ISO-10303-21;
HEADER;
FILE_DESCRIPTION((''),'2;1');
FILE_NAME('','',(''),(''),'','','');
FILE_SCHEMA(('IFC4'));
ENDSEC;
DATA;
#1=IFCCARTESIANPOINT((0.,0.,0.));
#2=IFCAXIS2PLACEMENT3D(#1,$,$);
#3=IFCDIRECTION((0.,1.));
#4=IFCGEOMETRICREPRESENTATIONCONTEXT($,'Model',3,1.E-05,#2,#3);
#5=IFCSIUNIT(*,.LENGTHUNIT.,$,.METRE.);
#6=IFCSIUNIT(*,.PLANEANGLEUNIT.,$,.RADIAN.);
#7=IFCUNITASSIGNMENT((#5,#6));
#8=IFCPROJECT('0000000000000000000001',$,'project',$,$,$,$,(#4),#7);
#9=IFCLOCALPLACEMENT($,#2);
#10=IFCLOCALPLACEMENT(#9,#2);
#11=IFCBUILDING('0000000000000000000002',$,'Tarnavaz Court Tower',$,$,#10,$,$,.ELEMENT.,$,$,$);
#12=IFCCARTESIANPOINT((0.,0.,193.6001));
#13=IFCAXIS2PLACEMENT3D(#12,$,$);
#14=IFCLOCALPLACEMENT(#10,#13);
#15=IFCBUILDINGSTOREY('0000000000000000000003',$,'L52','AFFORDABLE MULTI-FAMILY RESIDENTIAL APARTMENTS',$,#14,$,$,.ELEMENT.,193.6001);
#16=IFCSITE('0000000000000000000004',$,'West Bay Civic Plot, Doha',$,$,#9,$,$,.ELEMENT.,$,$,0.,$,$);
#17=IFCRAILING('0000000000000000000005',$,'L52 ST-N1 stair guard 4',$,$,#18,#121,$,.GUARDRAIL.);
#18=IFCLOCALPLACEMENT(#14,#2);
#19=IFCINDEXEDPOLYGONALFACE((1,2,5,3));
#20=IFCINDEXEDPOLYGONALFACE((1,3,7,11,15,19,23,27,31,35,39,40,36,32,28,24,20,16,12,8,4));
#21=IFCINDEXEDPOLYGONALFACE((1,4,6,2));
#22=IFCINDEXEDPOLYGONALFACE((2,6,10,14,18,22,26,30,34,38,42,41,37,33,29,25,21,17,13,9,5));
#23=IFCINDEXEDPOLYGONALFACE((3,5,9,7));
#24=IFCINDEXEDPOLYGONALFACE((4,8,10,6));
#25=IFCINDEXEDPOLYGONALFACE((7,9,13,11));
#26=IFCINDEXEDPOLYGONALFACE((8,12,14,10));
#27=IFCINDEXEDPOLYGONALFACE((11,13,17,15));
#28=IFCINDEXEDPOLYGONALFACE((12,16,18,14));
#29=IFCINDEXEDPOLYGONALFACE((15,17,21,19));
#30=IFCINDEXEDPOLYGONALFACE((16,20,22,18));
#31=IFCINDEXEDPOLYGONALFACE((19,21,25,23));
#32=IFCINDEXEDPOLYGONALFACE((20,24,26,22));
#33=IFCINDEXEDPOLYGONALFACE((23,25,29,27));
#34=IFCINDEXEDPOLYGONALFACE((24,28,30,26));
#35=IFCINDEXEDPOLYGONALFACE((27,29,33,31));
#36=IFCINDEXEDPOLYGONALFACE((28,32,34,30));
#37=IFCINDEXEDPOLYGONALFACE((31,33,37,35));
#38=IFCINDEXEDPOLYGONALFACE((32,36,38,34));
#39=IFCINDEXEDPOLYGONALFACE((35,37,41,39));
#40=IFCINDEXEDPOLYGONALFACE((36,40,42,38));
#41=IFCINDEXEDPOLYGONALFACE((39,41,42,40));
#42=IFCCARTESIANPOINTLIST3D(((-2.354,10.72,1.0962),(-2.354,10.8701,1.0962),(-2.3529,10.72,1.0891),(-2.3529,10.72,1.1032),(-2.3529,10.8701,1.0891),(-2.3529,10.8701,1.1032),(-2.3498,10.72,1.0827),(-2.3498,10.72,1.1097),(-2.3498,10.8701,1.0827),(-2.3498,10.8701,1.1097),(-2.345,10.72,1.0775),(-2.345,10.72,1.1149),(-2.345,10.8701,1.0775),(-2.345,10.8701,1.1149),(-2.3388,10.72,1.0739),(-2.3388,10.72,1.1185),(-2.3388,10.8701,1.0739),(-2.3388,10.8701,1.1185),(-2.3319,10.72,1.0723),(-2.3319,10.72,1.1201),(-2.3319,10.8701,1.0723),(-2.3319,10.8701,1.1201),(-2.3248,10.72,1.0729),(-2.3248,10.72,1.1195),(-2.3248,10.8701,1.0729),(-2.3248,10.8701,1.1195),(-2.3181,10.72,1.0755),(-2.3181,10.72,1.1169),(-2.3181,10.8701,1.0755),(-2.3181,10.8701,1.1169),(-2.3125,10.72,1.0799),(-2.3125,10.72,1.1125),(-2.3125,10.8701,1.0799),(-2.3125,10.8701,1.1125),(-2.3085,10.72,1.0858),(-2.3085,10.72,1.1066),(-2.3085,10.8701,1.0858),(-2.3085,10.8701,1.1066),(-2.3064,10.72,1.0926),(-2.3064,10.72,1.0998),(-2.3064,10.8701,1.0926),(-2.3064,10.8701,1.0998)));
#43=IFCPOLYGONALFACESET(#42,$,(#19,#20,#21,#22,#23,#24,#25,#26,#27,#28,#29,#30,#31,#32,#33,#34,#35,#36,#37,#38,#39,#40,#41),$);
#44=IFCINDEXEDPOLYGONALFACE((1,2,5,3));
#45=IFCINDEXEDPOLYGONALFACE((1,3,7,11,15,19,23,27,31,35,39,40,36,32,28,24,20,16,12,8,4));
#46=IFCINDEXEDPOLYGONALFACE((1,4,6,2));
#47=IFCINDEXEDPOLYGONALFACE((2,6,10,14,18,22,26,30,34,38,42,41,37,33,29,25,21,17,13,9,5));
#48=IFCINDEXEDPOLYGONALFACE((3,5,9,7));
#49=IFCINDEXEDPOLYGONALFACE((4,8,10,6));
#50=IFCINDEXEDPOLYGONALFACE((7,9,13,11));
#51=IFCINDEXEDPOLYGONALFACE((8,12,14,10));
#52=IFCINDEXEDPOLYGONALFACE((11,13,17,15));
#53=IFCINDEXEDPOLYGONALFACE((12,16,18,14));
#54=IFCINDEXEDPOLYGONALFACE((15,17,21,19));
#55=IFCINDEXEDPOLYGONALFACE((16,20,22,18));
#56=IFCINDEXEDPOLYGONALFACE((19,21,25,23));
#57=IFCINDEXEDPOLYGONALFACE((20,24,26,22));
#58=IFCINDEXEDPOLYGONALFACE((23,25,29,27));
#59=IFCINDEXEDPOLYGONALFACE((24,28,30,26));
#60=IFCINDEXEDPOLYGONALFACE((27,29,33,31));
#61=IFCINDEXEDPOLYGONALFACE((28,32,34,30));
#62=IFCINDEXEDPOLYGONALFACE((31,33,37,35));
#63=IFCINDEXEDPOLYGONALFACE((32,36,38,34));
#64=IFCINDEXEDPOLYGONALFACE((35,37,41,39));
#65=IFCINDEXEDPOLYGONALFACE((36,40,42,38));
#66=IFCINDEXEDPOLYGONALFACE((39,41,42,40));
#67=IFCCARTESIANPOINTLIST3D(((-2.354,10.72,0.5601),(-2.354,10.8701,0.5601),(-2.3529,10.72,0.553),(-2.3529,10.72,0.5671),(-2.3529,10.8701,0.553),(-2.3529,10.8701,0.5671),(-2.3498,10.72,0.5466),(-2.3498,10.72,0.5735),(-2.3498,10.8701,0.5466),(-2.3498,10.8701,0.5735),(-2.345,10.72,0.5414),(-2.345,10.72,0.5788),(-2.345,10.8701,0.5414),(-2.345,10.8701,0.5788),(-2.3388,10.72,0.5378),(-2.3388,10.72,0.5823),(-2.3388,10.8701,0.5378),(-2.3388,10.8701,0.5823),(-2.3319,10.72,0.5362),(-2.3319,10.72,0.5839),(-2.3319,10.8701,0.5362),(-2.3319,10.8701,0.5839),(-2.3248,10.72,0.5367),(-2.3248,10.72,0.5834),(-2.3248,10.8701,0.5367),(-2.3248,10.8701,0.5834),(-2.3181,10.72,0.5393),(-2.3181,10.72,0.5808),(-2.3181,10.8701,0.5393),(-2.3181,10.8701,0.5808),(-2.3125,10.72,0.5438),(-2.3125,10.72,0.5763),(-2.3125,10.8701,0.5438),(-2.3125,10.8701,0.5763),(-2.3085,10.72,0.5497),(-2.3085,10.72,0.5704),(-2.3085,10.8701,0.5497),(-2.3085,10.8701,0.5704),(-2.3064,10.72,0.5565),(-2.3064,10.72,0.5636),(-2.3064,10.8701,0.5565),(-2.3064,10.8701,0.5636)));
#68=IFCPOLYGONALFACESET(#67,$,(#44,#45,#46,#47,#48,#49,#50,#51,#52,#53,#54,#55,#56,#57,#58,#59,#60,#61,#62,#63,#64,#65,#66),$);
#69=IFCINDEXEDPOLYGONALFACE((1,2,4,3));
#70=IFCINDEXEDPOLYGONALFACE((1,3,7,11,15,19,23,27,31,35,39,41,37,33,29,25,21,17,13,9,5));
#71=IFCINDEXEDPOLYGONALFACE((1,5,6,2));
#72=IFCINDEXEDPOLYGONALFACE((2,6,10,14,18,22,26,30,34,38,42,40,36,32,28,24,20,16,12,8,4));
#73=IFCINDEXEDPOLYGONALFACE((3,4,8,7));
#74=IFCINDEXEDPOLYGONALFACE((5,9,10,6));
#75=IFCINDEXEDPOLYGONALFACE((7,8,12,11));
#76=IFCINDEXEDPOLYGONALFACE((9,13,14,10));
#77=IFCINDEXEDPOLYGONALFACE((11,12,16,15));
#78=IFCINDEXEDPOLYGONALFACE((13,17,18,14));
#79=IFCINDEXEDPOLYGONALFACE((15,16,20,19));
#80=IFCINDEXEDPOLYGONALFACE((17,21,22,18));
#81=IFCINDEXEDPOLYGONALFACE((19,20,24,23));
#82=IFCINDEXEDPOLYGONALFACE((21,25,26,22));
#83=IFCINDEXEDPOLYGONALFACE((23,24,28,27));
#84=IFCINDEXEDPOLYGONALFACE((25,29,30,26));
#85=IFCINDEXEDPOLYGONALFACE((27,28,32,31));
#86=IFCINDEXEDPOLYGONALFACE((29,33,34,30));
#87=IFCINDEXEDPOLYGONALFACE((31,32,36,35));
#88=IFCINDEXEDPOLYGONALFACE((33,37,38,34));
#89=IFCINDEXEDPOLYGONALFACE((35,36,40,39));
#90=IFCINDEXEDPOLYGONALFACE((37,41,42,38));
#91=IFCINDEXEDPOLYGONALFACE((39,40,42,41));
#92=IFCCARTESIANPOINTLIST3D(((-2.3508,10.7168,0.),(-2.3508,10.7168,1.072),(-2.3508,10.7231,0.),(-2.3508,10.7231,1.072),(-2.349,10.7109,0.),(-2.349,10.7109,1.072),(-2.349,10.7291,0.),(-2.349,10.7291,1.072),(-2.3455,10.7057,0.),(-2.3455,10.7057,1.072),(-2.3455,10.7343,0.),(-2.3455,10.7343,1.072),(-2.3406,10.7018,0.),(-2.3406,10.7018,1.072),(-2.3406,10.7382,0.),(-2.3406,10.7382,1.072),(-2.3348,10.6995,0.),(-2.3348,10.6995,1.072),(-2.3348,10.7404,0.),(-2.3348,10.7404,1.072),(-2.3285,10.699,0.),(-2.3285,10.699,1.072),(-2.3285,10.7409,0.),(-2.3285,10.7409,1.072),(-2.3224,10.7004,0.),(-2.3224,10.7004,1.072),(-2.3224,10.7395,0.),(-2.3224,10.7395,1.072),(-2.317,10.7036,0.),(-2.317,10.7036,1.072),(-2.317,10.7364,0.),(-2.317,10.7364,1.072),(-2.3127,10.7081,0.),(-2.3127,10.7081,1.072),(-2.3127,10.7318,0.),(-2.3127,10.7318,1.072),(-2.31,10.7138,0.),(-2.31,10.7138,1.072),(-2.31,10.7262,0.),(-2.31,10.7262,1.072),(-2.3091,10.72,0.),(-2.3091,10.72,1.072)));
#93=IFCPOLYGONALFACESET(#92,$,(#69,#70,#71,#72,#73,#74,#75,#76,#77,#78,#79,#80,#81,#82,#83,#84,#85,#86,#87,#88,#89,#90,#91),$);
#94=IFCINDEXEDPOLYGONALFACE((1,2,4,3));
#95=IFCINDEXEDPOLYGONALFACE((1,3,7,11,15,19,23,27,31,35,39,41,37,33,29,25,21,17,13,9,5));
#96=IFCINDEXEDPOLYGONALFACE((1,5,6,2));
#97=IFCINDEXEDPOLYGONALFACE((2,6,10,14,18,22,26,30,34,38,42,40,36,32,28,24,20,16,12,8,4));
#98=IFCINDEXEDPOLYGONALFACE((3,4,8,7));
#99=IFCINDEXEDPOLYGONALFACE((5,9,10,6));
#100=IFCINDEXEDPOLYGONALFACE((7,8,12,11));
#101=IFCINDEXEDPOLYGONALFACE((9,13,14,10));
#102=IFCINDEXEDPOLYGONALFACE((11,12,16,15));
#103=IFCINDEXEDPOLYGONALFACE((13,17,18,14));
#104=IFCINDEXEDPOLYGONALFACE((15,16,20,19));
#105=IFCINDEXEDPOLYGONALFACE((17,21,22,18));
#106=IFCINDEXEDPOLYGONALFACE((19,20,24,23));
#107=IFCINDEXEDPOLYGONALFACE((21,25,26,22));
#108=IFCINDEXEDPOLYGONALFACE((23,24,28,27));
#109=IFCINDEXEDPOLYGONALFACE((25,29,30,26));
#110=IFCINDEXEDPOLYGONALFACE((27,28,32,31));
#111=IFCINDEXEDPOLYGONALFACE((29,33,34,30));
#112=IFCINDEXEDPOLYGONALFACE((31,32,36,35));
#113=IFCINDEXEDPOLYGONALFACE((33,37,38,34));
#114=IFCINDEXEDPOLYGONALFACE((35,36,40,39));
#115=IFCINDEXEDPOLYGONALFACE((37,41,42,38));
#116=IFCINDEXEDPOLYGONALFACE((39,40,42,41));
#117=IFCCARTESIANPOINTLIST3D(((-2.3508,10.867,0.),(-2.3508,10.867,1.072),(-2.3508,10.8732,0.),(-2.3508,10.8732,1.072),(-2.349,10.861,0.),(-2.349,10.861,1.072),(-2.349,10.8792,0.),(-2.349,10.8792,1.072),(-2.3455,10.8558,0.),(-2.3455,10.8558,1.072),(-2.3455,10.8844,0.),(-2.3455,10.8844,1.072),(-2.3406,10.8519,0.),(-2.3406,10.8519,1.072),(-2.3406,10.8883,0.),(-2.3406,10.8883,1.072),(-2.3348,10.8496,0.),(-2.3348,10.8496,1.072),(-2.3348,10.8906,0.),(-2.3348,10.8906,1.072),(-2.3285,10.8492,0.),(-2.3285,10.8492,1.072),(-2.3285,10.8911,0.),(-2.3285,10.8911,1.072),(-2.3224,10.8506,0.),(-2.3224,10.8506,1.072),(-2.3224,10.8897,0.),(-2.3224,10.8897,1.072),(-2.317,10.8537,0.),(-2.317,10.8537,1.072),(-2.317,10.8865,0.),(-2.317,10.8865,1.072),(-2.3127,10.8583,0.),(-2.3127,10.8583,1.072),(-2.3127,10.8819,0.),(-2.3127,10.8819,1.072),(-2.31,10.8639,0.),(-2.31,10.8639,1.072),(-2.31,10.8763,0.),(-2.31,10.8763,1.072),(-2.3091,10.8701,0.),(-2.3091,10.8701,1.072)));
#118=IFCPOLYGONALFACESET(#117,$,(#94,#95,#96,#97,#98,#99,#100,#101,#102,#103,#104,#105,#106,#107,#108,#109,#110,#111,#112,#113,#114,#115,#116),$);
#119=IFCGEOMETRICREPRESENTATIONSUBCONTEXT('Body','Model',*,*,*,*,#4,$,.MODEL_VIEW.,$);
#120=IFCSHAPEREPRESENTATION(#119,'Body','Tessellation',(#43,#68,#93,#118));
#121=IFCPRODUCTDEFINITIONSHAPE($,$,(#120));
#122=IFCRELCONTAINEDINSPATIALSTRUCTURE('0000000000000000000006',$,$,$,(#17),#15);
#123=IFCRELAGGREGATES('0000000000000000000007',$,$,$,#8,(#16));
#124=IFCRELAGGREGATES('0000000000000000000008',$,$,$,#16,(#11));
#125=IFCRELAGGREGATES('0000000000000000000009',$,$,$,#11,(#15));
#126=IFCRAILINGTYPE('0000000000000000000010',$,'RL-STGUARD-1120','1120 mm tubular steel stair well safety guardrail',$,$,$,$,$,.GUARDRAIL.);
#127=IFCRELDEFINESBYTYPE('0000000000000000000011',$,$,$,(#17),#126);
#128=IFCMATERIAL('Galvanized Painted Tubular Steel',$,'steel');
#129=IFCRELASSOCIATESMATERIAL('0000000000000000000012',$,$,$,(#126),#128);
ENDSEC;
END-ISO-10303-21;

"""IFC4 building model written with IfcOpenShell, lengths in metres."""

from ifc_helpers import new_model, si_unit, direction, frame, origin, origin_2d, place, context, subcontext, project, spatial, circle, extrude, material, type_object, element, save


model = new_model("IFC4")

# Units and contexts
model_context = context("Model", 3, precision=1e-05, world=origin(), true_north=direction((0.0, 1.0)))
body_context = subcontext(model_context, "Body", "Model", "MODEL_VIEW")
ifc_project = project(units=[si_unit("LENGTHUNIT", "METRE"), si_unit("PLANEANGLEUNIT", "RADIAN")], contexts=[model_context])

# Site, building, storey
site_placement = place(None, origin())
site = spatial("IfcSite", under=ifc_project, at=site_placement, Name="West Bay Civic Plot, Doha", CompositionType="ELEMENT", RefElevation=0.0)
building_placement = place(site_placement, origin())
building = spatial("IfcBuilding", under=site, at=building_placement, Name="Tarnavaz Court Tower", CompositionType="ELEMENT")
storey_placement = place(building_placement, frame((0.0, 0.0, 193.6001)))
storey = spatial("IfcBuildingStorey", under=building, at=storey_placement, Name="L52", Description="AFFORDABLE MULTI-FAMILY RESIDENTIAL APARTMENTS", CompositionType="ELEMENT", Elevation=193.6001)

# Railing
ifc_material_1 = material(Name="Galvanized Painted Tubular Steel", Category="steel")
railing_type_1 = type_object("IfcRailingType", Name="RL-STGUARD-1120", Description="1120 mm tubular steel stair well safety guardrail", PredefinedType="GUARDRAIL", material=ifc_material_1)
railing_1_placement = place(storey_placement, frame((-2.3301, 10.72, 0.0)))
element("IfcRailing", 1, at=railing_1_placement, inside=storey, type_object=railing_type_1, Name="L52 ST-N1 stair guard 4", PredefinedType="GUARDRAIL", context=body_context, shape_type="SweptSolid", body=[
    extrude(circle(Radius=0.0239, at=origin_2d()), frame((0.0, 0.0, 1.0962), z_axis=(0.0, 1.0, 0.0), x_axis=(-1.0, 0.0, 0.0)), (0.0, 0.0, 1.0), 0.1501),
    extrude(circle(Radius=0.0239, at=origin_2d()), frame((0.0, 0.0, 0.5601), z_axis=(0.0, 1.0, 0.0), x_axis=(-1.0, 0.0, 0.0)), (0.0, 0.0, 1.0), 0.1501),
    extrude(circle(Radius=0.021, at=origin_2d()), origin(), (0.0, 0.0, 1.0), 1.072),
    extrude(circle(Radius=0.021, at=origin_2d()), frame((0.0, 0.1501, 0.0)), (0.0, 0.0, 1.0), 1.072),
])

save(model, "model.ifc")
